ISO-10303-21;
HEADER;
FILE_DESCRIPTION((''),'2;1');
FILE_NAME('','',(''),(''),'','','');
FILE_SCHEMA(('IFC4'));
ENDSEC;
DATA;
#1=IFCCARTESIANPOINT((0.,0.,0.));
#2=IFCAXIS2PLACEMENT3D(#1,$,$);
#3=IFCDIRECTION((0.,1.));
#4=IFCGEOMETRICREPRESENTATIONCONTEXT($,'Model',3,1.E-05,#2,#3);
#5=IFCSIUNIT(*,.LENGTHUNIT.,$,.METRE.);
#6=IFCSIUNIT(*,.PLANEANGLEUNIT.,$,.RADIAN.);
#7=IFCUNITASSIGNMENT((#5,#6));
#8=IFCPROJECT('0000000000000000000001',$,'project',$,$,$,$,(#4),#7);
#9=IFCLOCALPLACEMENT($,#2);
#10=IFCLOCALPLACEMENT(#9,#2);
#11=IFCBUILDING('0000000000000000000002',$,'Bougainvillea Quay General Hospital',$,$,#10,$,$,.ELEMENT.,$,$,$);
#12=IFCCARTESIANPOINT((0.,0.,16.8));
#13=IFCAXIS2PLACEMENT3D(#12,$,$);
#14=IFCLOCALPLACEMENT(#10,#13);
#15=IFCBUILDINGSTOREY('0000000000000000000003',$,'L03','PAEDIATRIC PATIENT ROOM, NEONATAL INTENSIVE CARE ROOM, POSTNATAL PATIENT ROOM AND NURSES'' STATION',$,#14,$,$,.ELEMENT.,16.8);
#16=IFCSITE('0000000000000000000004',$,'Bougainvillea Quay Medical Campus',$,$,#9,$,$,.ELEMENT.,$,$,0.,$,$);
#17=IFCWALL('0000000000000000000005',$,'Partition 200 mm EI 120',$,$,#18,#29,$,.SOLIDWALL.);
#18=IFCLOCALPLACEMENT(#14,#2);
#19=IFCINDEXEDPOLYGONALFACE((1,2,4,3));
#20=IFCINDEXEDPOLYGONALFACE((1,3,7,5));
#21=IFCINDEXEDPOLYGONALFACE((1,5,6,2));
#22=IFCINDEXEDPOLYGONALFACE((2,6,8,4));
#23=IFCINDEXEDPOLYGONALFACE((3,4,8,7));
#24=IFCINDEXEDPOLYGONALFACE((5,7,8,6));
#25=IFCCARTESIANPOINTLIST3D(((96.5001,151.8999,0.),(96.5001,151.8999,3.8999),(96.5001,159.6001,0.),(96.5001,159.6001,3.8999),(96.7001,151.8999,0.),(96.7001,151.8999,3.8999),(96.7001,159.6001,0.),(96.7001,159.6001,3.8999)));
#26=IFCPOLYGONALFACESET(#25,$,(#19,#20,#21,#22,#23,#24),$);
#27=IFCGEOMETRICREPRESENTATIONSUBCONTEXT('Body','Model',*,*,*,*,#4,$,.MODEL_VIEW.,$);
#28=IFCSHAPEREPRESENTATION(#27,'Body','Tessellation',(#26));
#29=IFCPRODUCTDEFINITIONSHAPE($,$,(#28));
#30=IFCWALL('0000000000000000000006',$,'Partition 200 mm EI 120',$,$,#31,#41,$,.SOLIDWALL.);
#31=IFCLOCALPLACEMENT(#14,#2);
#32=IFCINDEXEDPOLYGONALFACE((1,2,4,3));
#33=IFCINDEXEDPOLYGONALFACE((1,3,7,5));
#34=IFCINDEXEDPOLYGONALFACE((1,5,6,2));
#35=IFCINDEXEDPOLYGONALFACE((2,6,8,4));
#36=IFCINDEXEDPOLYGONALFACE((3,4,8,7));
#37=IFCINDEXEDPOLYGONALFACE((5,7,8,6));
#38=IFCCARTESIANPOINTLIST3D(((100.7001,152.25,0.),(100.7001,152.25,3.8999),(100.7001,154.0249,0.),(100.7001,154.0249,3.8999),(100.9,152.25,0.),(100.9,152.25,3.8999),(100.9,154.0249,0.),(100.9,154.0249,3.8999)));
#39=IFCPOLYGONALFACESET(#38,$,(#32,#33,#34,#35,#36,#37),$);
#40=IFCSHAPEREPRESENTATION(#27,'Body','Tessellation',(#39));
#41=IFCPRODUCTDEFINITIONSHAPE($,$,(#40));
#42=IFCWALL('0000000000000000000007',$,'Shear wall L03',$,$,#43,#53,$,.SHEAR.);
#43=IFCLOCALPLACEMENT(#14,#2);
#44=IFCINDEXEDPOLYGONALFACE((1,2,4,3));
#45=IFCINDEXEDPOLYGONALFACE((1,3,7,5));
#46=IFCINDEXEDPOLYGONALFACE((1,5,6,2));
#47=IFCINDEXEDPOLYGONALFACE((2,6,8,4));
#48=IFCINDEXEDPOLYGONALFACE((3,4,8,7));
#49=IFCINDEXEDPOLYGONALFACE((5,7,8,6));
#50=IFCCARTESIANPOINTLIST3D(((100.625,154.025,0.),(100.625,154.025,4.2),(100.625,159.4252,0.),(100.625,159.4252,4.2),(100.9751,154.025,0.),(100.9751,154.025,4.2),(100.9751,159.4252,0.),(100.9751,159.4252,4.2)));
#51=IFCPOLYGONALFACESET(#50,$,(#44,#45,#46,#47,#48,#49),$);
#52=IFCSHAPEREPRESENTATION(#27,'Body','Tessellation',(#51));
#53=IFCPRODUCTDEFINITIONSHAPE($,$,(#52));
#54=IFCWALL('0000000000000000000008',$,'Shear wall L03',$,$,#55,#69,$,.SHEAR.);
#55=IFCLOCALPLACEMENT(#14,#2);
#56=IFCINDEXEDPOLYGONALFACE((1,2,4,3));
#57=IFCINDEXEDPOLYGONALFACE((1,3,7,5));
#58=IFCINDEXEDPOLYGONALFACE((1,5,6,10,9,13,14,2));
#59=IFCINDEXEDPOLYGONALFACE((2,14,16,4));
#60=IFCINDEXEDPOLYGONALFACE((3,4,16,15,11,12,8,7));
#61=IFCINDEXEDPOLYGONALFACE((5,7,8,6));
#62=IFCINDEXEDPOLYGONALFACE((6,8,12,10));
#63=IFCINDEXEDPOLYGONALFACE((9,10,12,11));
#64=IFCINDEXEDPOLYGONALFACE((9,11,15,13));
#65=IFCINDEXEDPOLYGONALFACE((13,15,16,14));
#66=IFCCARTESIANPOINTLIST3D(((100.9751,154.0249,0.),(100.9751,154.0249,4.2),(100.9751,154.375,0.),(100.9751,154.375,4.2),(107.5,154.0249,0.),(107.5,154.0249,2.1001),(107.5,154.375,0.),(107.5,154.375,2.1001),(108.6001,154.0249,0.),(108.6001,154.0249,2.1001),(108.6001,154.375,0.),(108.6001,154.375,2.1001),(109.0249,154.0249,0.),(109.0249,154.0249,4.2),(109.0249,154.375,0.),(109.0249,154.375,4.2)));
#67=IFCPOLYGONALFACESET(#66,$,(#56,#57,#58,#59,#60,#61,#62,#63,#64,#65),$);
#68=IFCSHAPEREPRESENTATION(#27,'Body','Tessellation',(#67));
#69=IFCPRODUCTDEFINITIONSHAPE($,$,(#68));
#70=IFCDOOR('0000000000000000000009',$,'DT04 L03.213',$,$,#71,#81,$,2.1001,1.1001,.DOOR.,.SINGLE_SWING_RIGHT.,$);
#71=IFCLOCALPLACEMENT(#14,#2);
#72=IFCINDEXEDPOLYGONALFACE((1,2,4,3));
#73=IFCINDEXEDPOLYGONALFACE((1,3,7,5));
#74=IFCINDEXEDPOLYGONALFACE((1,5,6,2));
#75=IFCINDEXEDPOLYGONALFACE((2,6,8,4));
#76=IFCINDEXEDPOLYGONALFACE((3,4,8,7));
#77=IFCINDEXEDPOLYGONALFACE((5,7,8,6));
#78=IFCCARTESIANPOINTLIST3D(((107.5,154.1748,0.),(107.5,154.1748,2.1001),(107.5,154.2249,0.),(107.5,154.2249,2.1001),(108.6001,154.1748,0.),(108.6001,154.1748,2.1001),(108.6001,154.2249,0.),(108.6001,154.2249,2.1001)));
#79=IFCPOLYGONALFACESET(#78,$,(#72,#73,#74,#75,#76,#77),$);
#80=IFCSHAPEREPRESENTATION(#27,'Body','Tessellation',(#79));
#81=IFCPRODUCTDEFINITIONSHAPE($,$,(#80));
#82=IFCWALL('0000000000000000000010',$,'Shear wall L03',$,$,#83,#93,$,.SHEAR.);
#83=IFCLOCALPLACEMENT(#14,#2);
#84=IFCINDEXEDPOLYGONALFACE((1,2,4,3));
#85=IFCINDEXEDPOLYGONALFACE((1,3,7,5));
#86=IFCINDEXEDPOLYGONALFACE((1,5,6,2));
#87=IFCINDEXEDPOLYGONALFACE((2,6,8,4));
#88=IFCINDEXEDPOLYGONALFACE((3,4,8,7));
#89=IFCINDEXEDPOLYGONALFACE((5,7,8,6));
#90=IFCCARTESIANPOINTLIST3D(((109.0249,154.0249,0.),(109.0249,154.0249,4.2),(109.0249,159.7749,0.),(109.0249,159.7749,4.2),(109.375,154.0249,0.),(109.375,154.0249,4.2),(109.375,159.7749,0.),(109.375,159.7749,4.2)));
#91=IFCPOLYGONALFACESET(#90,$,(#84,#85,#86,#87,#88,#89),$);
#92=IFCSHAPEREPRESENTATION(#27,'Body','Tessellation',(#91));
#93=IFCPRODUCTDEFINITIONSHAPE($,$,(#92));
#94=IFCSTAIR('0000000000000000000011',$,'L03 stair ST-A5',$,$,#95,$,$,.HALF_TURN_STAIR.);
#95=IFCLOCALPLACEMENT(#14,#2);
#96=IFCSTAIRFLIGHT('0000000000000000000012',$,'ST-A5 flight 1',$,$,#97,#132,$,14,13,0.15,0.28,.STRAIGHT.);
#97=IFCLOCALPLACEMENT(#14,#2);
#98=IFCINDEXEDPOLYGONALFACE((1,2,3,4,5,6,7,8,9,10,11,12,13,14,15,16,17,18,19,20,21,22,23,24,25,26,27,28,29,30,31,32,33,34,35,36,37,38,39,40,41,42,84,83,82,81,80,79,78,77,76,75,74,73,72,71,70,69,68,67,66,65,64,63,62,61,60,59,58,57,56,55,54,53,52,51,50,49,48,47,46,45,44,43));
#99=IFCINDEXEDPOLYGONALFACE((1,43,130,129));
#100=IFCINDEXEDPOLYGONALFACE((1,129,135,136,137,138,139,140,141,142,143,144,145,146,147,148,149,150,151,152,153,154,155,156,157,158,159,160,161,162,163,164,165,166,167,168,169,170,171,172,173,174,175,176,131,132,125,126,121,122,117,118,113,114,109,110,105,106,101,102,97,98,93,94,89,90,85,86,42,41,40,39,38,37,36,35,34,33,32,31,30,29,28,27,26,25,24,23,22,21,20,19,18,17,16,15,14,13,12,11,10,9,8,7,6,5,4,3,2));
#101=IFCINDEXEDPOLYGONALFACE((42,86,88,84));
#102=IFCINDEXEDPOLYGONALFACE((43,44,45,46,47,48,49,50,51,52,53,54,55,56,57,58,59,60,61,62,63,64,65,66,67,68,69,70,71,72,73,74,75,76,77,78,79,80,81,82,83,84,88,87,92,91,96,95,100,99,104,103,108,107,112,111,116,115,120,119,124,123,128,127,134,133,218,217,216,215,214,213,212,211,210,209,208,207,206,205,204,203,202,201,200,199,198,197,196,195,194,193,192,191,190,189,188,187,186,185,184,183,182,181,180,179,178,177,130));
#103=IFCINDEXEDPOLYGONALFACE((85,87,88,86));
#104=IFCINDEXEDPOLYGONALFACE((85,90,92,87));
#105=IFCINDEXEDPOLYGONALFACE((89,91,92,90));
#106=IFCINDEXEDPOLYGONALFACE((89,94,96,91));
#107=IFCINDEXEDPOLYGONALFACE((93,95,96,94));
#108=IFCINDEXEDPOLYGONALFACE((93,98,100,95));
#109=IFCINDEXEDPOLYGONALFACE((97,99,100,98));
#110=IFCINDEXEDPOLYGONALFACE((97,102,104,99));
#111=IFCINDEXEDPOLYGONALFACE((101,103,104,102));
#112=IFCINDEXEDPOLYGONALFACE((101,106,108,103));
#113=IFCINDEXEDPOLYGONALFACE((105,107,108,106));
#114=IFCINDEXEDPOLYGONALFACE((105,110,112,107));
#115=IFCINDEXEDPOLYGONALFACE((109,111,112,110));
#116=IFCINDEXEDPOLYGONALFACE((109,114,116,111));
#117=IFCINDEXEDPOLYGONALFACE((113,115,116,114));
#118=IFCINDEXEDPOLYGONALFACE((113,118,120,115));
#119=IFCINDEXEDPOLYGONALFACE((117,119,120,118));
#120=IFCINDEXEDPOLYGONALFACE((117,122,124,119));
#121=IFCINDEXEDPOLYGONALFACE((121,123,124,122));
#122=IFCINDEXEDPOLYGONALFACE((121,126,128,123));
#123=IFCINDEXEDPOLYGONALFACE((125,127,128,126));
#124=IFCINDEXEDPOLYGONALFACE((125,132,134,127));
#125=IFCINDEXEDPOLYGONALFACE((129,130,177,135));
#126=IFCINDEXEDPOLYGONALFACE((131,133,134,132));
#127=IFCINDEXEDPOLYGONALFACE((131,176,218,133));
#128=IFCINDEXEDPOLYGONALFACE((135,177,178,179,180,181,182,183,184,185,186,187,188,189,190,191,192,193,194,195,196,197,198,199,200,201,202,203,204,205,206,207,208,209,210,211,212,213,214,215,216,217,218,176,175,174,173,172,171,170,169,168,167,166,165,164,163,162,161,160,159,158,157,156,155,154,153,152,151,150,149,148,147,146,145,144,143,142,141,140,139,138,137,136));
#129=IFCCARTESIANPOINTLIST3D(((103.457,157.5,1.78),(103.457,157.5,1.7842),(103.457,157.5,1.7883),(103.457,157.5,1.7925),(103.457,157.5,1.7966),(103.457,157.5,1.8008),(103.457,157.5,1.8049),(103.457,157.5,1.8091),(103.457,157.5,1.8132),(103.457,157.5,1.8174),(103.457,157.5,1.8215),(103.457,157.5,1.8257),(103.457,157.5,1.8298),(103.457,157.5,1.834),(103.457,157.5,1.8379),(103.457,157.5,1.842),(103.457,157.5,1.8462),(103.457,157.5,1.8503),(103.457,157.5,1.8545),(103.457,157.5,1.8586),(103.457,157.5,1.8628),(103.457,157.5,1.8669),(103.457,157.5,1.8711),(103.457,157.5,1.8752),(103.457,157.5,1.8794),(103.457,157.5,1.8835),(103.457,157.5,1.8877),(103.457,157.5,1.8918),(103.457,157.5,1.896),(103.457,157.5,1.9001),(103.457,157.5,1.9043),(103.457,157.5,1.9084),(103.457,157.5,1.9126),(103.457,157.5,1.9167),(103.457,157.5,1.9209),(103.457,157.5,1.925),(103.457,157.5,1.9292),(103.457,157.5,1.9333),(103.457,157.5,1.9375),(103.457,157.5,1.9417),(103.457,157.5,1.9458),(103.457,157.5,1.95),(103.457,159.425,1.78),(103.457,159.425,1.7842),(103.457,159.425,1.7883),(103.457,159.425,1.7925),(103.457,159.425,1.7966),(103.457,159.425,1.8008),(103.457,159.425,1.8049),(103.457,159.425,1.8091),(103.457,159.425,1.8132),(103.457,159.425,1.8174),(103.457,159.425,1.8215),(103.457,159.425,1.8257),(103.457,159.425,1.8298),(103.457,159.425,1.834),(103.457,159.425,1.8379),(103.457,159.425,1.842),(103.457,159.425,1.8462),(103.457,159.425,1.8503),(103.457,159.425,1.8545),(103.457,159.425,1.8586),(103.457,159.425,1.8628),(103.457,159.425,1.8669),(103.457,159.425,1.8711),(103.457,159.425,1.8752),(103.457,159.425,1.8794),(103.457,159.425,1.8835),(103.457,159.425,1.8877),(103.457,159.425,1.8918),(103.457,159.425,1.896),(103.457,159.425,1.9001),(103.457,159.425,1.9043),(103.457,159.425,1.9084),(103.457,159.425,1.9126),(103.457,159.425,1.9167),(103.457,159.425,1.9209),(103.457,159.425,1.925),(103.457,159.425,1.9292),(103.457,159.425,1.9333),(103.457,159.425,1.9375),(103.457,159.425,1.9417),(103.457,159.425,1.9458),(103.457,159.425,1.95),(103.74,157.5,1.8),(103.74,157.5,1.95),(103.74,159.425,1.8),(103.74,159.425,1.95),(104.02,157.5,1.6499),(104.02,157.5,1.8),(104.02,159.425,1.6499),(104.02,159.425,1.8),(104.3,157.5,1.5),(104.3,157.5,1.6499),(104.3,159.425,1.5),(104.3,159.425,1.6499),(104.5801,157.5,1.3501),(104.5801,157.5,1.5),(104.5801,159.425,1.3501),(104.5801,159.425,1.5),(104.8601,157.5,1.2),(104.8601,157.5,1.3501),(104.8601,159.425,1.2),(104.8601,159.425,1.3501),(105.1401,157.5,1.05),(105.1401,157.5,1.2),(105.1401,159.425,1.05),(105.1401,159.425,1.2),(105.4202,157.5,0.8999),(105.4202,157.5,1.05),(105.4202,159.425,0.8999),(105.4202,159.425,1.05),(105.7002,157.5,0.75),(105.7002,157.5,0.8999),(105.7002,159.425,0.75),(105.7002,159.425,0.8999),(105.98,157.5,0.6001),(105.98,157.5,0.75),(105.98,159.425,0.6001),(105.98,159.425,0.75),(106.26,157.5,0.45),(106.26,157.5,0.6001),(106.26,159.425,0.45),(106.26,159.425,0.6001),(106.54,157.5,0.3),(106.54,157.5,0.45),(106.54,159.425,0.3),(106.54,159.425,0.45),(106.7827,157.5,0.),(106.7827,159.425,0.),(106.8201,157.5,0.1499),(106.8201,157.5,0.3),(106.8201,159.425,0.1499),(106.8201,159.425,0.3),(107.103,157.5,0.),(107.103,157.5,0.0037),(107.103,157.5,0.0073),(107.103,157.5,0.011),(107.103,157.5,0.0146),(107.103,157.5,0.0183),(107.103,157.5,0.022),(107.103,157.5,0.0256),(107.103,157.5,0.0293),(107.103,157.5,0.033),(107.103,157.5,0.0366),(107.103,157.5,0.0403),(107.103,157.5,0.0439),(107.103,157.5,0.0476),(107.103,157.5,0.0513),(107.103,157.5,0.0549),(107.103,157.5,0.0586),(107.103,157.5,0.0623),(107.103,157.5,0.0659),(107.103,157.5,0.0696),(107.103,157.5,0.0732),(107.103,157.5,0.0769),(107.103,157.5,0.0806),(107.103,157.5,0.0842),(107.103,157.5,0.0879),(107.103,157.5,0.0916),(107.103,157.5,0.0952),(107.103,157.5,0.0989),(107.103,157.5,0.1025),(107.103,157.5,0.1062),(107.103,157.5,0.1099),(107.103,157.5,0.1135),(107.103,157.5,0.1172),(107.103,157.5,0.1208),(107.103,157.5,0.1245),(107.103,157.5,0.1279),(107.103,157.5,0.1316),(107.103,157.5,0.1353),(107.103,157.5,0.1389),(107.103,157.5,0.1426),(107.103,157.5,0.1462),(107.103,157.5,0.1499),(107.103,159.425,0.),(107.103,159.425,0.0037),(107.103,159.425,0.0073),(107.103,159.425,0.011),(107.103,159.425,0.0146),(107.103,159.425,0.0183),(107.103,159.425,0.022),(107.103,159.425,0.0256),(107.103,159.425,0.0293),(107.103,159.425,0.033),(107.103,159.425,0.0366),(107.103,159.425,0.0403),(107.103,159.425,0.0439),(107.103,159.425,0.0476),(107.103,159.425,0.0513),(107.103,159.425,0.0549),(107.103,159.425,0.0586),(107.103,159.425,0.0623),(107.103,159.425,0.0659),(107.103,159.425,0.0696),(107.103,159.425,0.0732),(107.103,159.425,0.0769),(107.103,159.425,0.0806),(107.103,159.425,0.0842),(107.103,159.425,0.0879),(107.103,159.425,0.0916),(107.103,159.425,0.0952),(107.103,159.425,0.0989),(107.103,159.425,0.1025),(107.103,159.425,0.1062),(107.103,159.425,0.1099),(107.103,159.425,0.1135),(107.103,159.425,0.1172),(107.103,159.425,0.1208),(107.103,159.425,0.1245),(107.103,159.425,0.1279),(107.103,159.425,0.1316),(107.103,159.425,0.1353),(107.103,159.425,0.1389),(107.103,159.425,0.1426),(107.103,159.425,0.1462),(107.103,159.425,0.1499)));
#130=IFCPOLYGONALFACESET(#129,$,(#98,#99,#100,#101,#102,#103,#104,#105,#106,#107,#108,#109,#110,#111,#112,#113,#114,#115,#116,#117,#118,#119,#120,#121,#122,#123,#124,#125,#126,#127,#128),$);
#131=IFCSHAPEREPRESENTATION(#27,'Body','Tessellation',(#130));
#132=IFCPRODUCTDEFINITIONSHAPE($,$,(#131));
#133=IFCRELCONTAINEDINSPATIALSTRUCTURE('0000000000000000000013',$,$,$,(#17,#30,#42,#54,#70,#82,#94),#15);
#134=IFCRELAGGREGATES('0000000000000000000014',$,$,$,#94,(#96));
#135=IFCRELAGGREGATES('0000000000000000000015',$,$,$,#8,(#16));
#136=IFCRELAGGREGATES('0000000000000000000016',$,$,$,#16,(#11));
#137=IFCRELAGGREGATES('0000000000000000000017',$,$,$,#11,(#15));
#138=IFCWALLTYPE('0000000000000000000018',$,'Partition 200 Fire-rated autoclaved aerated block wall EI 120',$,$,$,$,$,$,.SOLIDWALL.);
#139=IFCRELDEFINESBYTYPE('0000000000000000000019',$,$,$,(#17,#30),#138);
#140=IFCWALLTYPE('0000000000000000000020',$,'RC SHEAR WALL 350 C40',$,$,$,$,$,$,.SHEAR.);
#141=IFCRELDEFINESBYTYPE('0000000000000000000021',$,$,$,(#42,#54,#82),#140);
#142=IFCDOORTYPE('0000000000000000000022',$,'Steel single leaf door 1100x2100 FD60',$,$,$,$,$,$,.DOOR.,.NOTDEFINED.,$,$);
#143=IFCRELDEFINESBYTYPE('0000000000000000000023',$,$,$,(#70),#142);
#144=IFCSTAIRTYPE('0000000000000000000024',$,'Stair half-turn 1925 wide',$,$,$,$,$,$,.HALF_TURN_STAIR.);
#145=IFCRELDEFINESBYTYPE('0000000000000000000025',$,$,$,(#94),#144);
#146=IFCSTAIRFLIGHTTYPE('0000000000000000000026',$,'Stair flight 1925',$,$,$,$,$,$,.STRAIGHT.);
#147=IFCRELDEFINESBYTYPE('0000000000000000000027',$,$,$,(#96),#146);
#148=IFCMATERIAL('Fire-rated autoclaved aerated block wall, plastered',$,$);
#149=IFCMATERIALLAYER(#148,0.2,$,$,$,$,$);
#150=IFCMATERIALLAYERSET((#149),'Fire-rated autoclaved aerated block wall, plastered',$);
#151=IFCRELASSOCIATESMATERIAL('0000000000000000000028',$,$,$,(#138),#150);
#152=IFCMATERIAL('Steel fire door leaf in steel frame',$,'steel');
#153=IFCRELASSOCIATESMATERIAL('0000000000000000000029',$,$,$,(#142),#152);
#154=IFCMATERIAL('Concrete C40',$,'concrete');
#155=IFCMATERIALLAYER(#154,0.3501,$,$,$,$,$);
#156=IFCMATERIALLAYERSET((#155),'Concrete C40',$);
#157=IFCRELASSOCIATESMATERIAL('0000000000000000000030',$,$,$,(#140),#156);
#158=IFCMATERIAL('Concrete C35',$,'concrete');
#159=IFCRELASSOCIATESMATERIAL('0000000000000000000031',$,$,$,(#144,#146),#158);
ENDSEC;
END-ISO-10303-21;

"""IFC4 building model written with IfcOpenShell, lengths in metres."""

from ifc_helpers import new_model, si_unit, direction, frame, frame_2d, origin, place, context, subcontext, project, spatial, polyline, rectangle, outline, extrude, material, layer, layer_set, type_object, element, fill, aggregate, save


model = new_model("IFC4")

# Units and contexts
model_context = context("Model", 3, precision=1e-05, world=origin(), true_north=direction((0.0, 1.0)))
body_context = subcontext(model_context, "Body", "Model", "MODEL_VIEW")
ifc_project = project(units=[si_unit("LENGTHUNIT", "METRE"), si_unit("PLANEANGLEUNIT", "RADIAN")], contexts=[model_context])

# Site, building, storey
site_placement = place(None, origin())
site = spatial("IfcSite", under=ifc_project, at=site_placement, Name="Bougainvillea Quay Medical Campus", CompositionType="ELEMENT", RefElevation=0.0)
building_placement = place(site_placement, origin())
building = spatial("IfcBuilding", under=site, at=building_placement, Name="Bougainvillea Quay General Hospital", CompositionType="ELEMENT")
storey_placement = place(building_placement, frame((0.0, 0.0, 16.8)))
storey = spatial("IfcBuildingStorey", under=building, at=storey_placement, Name="L03", Description="PAEDIATRIC PATIENT ROOM, NEONATAL INTENSIVE CARE ROOM, POSTNATAL PATIENT ROOM AND NURSES' STATION", CompositionType="ELEMENT", Elevation=16.8)

# Shared definitions
ifc_material_1 = material(Name="Concrete C40", Category="concrete")

# Shared definitions
ifc_material_2 = material(Name="Fire-rated autoclaved aerated block wall, plastered")
ifc_layer_1 = layer(ifc_material_2, 0.2)
ifc_layer_set_1 = layer_set([ifc_layer_1], Name="Fire-rated autoclaved aerated block wall, plastered")
wall_type_1 = type_object("IfcWallType", Name="Partition 200 Fire-rated autoclaved aerated block wall EI 120", PredefinedType="SOLIDWALL", material=ifc_layer_set_1)

# Shared definitions
ifc_material_3 = material(Name="Steel fire door leaf in steel frame", Category="steel")
door_type_1 = type_object("IfcDoorType", Name="Steel single leaf door 1100x2100 FD60", OperationType="NOTDEFINED", PredefinedType="DOOR", material=ifc_material_3)

# Walls
wall_1_placement = place(storey_placement, frame((96.6001, 151.8999, 0.0), z_axis=(0.0, 0.0, 1.0), x_axis=(0.0, 1.0, 0.0)))
element("IfcWall", 1, at=wall_1_placement, inside=storey, type_object=wall_type_1, Name="Partition 200 mm EI 120", PredefinedType="SOLIDWALL", context=body_context, shape_type="SweptSolid", body=[
    extrude(rectangle(XDim=7.7002, YDim=0.2, at=frame_2d((3.8501, 0.0))), origin(), (0.0, 0.0, 1.0), 3.8999),
])
wall_2_placement = place(storey_placement, frame((100.8, 152.25, 0.0), z_axis=(0.0, 0.0, 1.0), x_axis=(0.0, 1.0, 0.0)))
element("IfcWall", 2, at=wall_2_placement, inside=storey, type_object=wall_type_1, Name="Partition 200 mm EI 120", PredefinedType="SOLIDWALL", context=body_context, shape_type="SweptSolid", body=[
    extrude(rectangle(XDim=1.7749, YDim=0.2, at=frame_2d((0.8875, 0.0))), origin(), (0.0, 0.0, 1.0), 3.8999),
])
ifc_layer_2 = layer(ifc_material_1, 0.3501)
ifc_layer_set_2 = layer_set([ifc_layer_2], Name="Concrete C40")
wall_type_2 = type_object("IfcWallType", Name="RC SHEAR WALL 350 C40", PredefinedType="SHEAR", material=ifc_layer_set_2)
wall_3_placement = place(storey_placement, frame((100.8, 154.0249, 0.0), z_axis=(0.0, 0.0, 1.0), x_axis=(0.0, 1.0, 0.0)))
element("IfcWall", 3, at=wall_3_placement, inside=storey, type_object=wall_type_2, Name="Shear wall L03", PredefinedType="SHEAR", context=body_context, shape_type="SweptSolid", body=[
    extrude(rectangle(XDim=5.4001, YDim=0.3501, at=frame_2d((2.7002, 0.0))), origin(), (0.0, 0.0, 1.0), 4.2),
])

# Wall, opening, door
wall_4_placement = place(storey_placement, frame((100.9751, 154.2, 0.0), z_axis=(0.0, 0.0, 1.0), x_axis=(1.0, 0.0, 0.0)))
wall_4 = element("IfcWall", 4, at=wall_4_placement, inside=storey, type_object=wall_type_2, Name="Shear wall L03", PredefinedType="SHEAR", context=body_context, shape_type="SweptSolid", body=[
    extrude(rectangle(XDim=8.0498, YDim=0.3501, at=frame_2d((4.0249, 0.0))), origin(), (0.0, 0.0, 1.0), 4.2),
])
opening_1_placement = place(wall_4_placement, frame((6.5249, 0.0, 0.0)))
opening_1 = element("IfcOpeningElement", 5, at=opening_1_placement, cuts=wall_4, PredefinedType="OPENING", context=body_context, shape_type="SweptSolid", body=[
    extrude(rectangle(XDim=1.1001, YDim=2.1001, at=frame_2d((0.55, 1.05))), frame((0.0, 0.1851, 0.0), z_axis=(0.0, -1.0, 0.0), x_axis=(1.0, 0.0, 0.0)), (0.0, 0.0, 1.0), 0.3701),
])
door_1_placement = place(opening_1_placement, origin())
door_1 = element("IfcDoor", 6, at=door_1_placement, inside=storey, type_object=door_type_1, Name="DT04 L03.213", OperationType="SINGLE_SWING_RIGHT", OverallHeight=2.1001, OverallWidth=1.1001, PredefinedType="DOOR", context=body_context, shape_type="SweptSolid", body=[
    extrude(rectangle(XDim=1.1001, YDim=2.1001, at=frame_2d((0.55, 1.05))), frame((0.0, 0.0249, 0.0), z_axis=(0.0, -1.0, 0.0), x_axis=(1.0, 0.0, 0.0)), (0.0, 0.0, 1.0), 0.05),
])
fill(opening_1, door_1)

# Wall
wall_5_placement = place(storey_placement, frame((109.2, 154.0249, 0.0), z_axis=(0.0, 0.0, 1.0), x_axis=(0.0, 1.0, 0.0)))
element("IfcWall", 7, at=wall_5_placement, inside=storey, type_object=wall_type_2, Name="Shear wall L03", PredefinedType="SHEAR", context=body_context, shape_type="SweptSolid", body=[
    extrude(rectangle(XDim=5.75, YDim=0.3501, at=frame_2d((2.875, 0.0))), origin(), (0.0, 0.0, 1.0), 4.2),
])

# Stair, stair flight
ifc_material_4 = material(Name="Concrete C35", Category="concrete")
stair_type = type_object("IfcStairType", Name="Stair half-turn 1925 wide", PredefinedType="HALF_TURN_STAIR", material=ifc_material_4)
stair_placement = place(storey_placement, origin())
stair = element("IfcStair", 8, at=stair_placement, inside=storey, type_object=stair_type, Name="L03 stair ST-A5", PredefinedType="HALF_TURN_STAIR")
stair_flight_type = type_object("IfcStairFlightType", Name="Stair flight 1925", PredefinedType="STRAIGHT", material=ifc_material_4)
stair_flight_1_placement = place(storey_placement, frame((107.1001, 158.4624, 0.0), z_axis=(0.0, 0.0, 1.0), x_axis=(-1.0, 0.0, 0.0)))
stair_flight_1 = element("IfcStairFlight", 9, at=stair_flight_1_placement, type_object=stair_flight_type, Name="ST-A5 flight 1", NumberOfRisers=14, NumberOfTreads=13, PredefinedType="STRAIGHT", RiserHeight=0.15, TreadLength=0.28, context=body_context, shape_type="SweptSolid", body=[
    extrude(outline(polyline([(-0.0029, 0.0), (-0.0029, 0.0037), (-0.0029, 0.0073), (-0.0029, 0.011), (-0.0029, 0.0146), (-0.0029, 0.0183), (-0.0029, 0.022), (-0.0029, 0.0256), (-0.0029, 0.0293), (-0.0029, 0.033), (-0.0029, 0.0366), (-0.0029, 0.0403), (-0.0029, 0.0439), (-0.0029, 0.0476), (-0.0029, 0.0513), (-0.0029, 0.0549), (-0.0029, 0.0586), (-0.0029, 0.0623), (-0.0029, 0.0659), (-0.0029, 0.0696), (-0.0029, 0.0732), (-0.0029, 0.0769), (-0.0029, 0.0806), (-0.0029, 0.0842), (-0.0029, 0.0879), (-0.0029, 0.0916), (-0.0029, 0.0952), (-0.0029, 0.0989), (-0.0029, 0.1025), (-0.0029, 0.1062), (-0.0029, 0.1099), (-0.0029, 0.1135), (-0.0029, 0.1172), (-0.0029, 0.1208), (-0.0029, 0.1245), (-0.0029, 0.1279), (-0.0029, 0.1316), (-0.0029, 0.1353), (-0.0029, 0.1389), (-0.0029, 0.1426), (-0.0029, 0.1462), (-0.0029, 0.1499), (0.28, 0.1499), (0.28, 0.3), (0.5601, 0.3), (0.5601, 0.45), (0.8401, 0.45), (0.8401, 0.6001), (1.1201, 0.6001), (1.1201, 0.75), (1.3999, 0.75), (1.3999, 0.8999), (1.6799, 0.8999), (1.6799, 1.05), (1.96, 1.05), (1.96, 1.2), (2.24, 1.2), (2.24, 1.3501), (2.52, 1.3501), (2.52, 1.5), (2.8, 1.5), (2.8, 1.6499), (3.0801, 1.6499), (3.0801, 1.8), (3.3601, 1.8), (3.3601, 1.95), (3.6431, 1.95), (3.6431, 1.9458), (3.6431, 1.9417), (3.6431, 1.9375), (3.6431, 1.9333), (3.6431, 1.9292), (3.6431, 1.925), (3.6431, 1.9209), (3.6431, 1.9167), (3.6431, 1.9126), (3.6431, 1.9084), (3.6431, 1.9043), (3.6431, 1.9001), (3.6431, 1.896), (3.6431, 1.8918), (3.6431, 1.8877), (3.6431, 1.8835), (3.6431, 1.8794), (3.6431, 1.8752), (3.6431, 1.8711), (3.6431, 1.8669), (3.6431, 1.8628), (3.6431, 1.8586), (3.6431, 1.8545), (3.6431, 1.8503), (3.6431, 1.8462), (3.6431, 1.842), (3.6431, 1.8379), (3.6431, 1.834), (3.6431, 1.8298), (3.6431, 1.8257), (3.6431, 1.8215), (3.6431, 1.8174), (3.6431, 1.8132), (3.6431, 1.8091), (3.6431, 1.8049), (3.6431, 1.8008), (3.6431, 1.7966), (3.6431, 1.7925), (3.6431, 1.7883), (3.6431, 1.7842), (3.6431, 1.78), (0.3174, 0.0), (-0.0029, 0.0)])), frame((0.0, 0.9624, 0.0), z_axis=(0.0, -1.0, 0.0), x_axis=(1.0, 0.0, 0.0)), (0.0, 0.0, 1.0), 1.925),
])
aggregate(stair, [stair_flight_1])

save(model, "model.ifc")
